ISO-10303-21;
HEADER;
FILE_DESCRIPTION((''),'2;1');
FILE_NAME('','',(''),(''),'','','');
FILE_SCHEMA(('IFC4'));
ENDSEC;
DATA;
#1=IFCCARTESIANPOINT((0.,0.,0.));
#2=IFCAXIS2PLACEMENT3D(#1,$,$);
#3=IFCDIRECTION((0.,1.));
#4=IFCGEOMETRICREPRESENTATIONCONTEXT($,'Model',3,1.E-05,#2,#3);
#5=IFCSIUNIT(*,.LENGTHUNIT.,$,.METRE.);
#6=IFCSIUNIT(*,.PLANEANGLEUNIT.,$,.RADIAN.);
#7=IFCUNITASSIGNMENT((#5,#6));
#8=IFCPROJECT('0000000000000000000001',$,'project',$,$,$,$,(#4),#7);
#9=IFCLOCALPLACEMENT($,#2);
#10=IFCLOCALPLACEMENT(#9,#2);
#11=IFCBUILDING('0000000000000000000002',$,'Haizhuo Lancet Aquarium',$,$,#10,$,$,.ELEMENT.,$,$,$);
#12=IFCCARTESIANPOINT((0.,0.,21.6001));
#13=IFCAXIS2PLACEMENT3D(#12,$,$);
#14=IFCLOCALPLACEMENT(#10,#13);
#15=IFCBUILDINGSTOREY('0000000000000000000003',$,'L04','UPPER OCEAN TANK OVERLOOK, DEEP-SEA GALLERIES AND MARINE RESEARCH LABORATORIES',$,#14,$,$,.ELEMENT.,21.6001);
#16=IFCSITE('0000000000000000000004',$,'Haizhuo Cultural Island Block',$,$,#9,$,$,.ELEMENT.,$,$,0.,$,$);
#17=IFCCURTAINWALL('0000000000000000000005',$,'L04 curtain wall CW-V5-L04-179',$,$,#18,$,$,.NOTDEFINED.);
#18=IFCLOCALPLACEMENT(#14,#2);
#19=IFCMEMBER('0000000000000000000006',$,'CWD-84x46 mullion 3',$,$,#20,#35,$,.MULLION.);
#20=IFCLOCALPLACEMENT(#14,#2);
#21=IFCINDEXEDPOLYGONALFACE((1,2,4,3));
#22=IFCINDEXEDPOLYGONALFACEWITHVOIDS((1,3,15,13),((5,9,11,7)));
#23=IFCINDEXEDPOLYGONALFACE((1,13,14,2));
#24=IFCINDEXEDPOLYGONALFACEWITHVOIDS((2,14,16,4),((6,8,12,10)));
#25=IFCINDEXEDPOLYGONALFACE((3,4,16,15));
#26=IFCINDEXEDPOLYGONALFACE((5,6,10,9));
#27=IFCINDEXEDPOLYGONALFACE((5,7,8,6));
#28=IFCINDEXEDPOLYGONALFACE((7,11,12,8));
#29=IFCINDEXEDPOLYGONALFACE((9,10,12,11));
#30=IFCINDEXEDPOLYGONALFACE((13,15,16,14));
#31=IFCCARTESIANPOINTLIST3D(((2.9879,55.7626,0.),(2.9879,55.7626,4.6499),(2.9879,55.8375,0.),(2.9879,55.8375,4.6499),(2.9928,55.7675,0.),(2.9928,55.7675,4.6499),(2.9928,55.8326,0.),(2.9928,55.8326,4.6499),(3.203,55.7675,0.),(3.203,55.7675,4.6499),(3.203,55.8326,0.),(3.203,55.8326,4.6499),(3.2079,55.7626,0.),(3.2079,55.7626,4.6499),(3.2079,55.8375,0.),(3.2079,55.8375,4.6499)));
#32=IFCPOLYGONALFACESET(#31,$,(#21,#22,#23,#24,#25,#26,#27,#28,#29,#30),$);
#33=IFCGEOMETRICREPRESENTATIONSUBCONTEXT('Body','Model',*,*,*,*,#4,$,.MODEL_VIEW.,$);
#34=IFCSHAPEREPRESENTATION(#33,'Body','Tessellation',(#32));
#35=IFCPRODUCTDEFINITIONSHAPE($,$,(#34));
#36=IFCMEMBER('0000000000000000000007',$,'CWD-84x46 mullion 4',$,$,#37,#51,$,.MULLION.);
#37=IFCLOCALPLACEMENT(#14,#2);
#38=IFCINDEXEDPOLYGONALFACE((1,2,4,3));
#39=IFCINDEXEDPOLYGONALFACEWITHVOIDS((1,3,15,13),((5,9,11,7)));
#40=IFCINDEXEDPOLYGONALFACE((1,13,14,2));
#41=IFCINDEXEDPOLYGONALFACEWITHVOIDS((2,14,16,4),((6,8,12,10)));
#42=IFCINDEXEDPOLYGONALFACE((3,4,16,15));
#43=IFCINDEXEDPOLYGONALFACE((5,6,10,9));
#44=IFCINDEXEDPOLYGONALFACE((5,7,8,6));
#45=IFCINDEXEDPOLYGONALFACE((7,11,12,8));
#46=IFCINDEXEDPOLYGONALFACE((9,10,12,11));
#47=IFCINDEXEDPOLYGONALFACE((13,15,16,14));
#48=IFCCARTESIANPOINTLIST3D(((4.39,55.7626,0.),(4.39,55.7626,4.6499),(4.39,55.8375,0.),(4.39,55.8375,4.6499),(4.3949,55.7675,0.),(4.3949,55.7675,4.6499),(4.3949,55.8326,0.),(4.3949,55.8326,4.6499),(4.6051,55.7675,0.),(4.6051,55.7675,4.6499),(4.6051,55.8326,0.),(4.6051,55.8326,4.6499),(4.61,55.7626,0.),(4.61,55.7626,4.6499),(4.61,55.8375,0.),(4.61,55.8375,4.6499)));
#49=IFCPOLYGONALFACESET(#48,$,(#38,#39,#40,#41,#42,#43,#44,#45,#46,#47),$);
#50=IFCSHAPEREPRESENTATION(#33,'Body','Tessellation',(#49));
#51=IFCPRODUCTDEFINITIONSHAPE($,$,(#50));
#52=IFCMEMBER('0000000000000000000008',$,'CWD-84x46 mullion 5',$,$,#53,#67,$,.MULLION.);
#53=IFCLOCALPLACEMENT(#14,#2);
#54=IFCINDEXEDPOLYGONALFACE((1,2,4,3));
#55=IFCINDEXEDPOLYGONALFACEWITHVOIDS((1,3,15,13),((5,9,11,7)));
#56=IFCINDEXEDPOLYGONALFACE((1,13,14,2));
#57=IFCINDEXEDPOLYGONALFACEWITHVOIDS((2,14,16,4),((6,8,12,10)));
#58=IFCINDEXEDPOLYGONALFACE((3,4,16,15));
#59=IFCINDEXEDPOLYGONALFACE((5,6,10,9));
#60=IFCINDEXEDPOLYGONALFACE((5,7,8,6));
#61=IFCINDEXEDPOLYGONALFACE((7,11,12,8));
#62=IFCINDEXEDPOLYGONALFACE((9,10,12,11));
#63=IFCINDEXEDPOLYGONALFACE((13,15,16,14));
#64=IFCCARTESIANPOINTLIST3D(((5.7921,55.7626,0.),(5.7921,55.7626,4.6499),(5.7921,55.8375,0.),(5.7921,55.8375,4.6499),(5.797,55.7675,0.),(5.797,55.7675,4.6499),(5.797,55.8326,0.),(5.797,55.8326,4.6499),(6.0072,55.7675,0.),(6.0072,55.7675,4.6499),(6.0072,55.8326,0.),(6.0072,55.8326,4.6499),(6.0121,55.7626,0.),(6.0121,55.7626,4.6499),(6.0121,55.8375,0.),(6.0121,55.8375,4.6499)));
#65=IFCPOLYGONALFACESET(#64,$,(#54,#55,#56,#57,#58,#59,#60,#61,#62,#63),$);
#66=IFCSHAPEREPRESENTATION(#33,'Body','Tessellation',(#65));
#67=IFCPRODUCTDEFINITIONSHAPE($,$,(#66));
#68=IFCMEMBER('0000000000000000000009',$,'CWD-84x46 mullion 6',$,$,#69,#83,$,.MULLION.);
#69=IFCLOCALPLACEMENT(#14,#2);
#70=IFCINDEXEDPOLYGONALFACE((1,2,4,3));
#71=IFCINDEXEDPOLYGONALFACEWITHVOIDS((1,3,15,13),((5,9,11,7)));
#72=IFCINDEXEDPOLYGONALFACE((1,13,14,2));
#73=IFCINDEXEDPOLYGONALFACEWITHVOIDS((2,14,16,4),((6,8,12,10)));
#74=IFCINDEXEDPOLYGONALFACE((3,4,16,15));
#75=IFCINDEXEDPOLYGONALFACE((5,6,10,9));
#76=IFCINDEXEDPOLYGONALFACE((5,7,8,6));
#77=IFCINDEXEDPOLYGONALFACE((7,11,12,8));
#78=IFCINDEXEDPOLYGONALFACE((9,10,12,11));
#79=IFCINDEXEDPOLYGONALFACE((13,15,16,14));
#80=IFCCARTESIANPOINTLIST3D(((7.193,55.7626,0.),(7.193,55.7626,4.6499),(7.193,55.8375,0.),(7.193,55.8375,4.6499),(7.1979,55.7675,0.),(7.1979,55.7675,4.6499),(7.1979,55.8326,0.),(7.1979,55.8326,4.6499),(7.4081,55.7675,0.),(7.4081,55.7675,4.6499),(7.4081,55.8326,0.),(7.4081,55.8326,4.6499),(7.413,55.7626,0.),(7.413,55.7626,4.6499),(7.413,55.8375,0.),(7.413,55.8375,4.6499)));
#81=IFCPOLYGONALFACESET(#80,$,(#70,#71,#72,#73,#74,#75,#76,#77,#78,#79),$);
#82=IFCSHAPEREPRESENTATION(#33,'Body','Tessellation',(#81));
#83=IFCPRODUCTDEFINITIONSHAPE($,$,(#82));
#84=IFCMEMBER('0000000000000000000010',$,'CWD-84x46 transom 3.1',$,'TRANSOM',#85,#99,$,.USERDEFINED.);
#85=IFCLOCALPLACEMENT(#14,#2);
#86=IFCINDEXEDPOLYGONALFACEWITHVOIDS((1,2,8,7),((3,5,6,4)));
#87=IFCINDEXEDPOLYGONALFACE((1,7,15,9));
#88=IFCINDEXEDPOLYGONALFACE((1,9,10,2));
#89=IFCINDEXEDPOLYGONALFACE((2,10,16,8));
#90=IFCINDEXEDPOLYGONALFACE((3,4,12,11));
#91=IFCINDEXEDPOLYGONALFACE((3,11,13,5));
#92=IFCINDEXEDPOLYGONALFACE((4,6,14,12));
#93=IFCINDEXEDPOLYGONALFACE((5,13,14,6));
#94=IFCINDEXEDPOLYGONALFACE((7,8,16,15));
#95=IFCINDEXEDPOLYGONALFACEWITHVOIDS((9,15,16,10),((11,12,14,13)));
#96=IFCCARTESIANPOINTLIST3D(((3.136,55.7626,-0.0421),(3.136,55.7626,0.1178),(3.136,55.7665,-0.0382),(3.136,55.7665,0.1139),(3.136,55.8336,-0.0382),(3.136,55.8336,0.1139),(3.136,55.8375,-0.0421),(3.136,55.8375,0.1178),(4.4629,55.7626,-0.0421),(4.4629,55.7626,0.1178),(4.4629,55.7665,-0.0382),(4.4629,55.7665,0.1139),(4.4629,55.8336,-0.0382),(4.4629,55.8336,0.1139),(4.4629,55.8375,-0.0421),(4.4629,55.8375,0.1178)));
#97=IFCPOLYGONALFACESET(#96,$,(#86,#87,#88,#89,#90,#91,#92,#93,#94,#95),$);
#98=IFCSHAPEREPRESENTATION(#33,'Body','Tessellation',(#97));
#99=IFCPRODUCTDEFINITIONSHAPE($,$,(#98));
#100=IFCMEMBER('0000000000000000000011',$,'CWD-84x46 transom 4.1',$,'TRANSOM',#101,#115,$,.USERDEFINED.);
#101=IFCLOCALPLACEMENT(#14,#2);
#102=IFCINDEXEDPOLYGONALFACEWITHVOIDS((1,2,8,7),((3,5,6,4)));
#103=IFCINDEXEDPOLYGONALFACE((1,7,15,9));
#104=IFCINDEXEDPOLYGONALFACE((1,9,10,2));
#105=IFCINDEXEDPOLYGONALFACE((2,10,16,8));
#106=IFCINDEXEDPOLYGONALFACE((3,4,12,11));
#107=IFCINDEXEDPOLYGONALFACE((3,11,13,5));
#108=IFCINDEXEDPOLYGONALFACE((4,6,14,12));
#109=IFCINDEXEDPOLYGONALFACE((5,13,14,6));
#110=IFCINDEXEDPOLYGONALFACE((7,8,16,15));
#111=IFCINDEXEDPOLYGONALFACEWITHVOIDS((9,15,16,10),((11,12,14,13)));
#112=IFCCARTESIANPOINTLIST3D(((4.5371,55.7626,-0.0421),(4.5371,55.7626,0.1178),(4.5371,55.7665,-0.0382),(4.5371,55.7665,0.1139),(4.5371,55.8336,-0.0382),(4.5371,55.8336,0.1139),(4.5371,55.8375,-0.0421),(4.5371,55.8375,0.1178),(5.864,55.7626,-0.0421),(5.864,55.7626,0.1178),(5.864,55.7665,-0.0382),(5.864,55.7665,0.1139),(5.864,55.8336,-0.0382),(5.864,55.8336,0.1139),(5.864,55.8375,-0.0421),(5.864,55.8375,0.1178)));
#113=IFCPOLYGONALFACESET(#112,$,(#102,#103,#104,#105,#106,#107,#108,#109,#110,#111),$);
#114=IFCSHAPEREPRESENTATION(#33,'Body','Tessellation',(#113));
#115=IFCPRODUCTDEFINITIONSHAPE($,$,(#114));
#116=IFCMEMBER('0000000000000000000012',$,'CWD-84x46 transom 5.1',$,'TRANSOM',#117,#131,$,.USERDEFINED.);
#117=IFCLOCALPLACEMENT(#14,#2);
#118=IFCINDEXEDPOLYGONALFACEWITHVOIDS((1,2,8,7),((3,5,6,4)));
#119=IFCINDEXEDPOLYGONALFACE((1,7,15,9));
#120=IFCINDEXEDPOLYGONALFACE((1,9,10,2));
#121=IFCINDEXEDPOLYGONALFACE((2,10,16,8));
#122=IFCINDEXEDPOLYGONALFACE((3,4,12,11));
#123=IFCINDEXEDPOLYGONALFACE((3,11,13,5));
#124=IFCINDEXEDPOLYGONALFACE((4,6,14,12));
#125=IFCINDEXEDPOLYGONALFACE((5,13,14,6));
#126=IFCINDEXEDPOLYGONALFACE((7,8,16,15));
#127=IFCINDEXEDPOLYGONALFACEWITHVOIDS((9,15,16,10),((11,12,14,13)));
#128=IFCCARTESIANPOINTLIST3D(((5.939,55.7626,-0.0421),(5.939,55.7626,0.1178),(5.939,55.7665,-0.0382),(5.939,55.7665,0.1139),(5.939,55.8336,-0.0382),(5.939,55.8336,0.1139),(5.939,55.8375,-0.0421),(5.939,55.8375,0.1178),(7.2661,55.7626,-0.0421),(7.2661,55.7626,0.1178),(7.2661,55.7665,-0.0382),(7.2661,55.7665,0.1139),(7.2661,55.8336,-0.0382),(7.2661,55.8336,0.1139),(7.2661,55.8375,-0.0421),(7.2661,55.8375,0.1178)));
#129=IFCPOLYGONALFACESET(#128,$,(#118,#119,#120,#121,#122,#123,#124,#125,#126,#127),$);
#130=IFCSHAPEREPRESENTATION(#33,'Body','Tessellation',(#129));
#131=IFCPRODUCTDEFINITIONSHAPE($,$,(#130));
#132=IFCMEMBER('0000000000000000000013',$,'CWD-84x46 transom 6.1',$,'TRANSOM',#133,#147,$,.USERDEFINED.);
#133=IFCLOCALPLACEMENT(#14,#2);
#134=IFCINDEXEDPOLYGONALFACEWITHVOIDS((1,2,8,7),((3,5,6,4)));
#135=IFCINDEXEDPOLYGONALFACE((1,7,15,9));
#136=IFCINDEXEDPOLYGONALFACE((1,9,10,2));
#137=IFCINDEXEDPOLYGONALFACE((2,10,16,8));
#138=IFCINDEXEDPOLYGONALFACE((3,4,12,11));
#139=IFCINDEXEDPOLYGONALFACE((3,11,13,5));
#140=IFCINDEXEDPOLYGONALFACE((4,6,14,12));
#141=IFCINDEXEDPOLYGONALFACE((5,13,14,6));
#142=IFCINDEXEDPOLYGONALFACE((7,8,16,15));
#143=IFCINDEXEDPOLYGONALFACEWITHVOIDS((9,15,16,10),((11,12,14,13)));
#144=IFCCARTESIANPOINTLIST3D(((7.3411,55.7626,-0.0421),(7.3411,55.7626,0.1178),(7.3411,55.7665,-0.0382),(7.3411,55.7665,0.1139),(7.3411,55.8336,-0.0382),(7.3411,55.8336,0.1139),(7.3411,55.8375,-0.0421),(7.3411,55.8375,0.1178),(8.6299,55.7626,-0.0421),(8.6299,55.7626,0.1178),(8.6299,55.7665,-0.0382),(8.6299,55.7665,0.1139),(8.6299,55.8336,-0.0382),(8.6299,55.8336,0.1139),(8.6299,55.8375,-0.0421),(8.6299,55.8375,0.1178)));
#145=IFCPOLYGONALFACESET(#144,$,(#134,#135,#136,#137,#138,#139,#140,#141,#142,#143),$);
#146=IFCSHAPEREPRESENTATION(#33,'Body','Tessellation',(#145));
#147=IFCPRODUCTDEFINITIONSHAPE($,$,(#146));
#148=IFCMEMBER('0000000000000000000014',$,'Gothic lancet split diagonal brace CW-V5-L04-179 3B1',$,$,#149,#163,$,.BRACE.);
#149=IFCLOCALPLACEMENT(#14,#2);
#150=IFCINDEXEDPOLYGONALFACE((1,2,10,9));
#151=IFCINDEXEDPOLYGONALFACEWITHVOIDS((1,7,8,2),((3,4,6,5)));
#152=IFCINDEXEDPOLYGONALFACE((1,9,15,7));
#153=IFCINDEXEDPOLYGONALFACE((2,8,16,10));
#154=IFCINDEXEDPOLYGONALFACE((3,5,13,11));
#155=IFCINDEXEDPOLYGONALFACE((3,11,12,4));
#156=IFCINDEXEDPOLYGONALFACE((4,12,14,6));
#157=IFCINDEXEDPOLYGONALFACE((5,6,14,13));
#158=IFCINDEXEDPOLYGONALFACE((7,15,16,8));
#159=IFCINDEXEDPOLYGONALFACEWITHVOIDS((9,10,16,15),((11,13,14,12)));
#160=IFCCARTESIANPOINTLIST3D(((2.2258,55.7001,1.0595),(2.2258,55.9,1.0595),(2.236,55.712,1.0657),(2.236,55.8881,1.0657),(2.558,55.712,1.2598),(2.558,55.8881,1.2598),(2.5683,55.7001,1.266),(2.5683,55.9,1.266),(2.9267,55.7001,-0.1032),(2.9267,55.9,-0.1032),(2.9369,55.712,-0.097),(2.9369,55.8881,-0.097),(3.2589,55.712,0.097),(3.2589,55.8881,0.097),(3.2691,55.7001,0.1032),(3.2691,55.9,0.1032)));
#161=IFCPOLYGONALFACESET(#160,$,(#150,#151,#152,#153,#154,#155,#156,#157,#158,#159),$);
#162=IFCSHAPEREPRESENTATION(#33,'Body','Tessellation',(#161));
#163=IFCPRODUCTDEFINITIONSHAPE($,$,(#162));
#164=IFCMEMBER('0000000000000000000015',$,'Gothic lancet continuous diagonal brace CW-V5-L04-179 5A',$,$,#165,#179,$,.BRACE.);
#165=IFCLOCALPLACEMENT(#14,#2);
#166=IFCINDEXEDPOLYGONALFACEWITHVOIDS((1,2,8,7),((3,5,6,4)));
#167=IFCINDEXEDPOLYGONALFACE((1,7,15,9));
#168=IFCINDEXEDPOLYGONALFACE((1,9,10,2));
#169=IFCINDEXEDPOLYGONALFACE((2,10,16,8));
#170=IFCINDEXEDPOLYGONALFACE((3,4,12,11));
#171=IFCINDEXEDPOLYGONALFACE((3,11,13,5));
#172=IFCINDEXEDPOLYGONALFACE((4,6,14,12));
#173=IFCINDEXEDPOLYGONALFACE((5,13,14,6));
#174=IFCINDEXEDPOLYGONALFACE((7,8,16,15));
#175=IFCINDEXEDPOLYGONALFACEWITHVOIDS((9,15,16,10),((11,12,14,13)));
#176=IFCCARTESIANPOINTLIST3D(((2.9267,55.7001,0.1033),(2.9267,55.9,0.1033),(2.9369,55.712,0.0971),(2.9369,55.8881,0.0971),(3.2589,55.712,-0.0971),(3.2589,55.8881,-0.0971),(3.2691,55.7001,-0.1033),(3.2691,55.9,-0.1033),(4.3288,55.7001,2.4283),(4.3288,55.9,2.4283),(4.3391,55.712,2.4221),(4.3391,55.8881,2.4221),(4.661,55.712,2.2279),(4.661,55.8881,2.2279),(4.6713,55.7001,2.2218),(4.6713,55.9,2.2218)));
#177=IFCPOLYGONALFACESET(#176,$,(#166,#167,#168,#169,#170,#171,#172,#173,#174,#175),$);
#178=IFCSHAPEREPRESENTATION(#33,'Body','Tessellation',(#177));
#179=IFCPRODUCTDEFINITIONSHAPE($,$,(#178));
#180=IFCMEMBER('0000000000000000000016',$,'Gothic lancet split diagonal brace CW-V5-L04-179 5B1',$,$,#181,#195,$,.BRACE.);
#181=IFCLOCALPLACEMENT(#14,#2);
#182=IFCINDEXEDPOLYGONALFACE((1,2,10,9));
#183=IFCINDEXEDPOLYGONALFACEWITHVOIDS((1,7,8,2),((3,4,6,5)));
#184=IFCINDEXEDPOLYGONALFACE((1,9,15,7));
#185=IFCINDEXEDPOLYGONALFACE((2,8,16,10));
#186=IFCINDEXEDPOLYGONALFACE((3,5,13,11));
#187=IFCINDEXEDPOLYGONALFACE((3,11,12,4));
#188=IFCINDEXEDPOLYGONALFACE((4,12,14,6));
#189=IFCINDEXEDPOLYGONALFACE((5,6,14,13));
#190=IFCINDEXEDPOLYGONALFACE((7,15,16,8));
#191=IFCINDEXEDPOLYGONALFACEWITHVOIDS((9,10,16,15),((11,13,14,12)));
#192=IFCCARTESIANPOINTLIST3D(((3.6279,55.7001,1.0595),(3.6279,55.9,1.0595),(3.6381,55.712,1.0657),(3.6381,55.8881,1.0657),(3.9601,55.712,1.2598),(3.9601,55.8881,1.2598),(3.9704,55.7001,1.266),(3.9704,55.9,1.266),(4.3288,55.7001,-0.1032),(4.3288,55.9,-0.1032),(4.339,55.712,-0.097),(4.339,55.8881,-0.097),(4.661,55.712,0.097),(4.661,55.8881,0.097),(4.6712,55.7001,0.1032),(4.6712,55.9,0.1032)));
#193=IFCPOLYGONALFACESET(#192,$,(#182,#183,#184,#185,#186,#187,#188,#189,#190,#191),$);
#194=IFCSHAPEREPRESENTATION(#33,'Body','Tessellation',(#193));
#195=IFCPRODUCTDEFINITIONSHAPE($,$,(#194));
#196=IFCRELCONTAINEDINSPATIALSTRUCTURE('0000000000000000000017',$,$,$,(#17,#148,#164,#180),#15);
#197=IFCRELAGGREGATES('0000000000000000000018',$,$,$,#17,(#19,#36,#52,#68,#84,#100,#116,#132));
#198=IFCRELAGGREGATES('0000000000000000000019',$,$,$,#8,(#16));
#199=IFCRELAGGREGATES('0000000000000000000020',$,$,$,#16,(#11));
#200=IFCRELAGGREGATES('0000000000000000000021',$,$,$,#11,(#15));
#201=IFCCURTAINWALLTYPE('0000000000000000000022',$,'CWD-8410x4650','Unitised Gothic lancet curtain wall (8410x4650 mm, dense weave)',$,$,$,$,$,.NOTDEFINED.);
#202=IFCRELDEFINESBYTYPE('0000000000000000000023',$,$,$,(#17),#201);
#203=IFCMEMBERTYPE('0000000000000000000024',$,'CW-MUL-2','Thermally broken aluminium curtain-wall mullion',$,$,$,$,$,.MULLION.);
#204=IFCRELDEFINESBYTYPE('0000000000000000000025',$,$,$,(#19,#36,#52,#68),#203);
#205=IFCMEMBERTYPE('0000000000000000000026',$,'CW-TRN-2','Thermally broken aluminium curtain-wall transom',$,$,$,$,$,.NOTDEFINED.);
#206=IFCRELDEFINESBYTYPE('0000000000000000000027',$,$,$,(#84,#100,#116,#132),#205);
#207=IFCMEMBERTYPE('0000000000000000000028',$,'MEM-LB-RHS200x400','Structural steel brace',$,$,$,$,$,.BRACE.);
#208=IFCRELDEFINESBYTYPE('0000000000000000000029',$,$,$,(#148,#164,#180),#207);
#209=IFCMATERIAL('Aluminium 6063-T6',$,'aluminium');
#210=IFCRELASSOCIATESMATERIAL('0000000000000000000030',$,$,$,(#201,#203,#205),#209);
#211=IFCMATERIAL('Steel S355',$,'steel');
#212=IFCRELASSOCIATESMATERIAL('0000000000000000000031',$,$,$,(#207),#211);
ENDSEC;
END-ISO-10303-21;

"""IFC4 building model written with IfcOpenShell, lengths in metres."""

from ifc_helpers import new_model, si_unit, direction, frame, origin, origin_2d, place, context, subcontext, project, spatial, hollow_rectangle, extrude, material, material_profile, profile_set, type_object, element, aggregate, save


model = new_model("IFC4")

# Units and contexts
model_context = context("Model", 3, precision=1e-05, world=origin(), true_north=direction((0.0, 1.0)))
body_context = subcontext(model_context, "Body", "Model", "MODEL_VIEW")
ifc_project = project(units=[si_unit("LENGTHUNIT", "METRE"), si_unit("PLANEANGLEUNIT", "RADIAN")], contexts=[model_context])

# Site, building, storey
site_placement = place(None, origin())
site = spatial("IfcSite", under=ifc_project, at=site_placement, Name="Haizhuo Cultural Island Block", CompositionType="ELEMENT", RefElevation=0.0)
building_placement = place(site_placement, origin())
building = spatial("IfcBuilding", under=site, at=building_placement, Name="Haizhuo Lancet Aquarium", CompositionType="ELEMENT")
storey_placement = place(building_placement, frame((0.0, 0.0, 21.6001)))
storey = spatial("IfcBuildingStorey", under=building, at=storey_placement, Name="L04", Description="UPPER OCEAN TANK OVERLOOK, DEEP-SEA GALLERIES AND MARINE RESEARCH LABORATORIES", CompositionType="ELEMENT", Elevation=21.6001)

# Curtain wall, members
ifc_material_1 = material(Name="Aluminium 6063-T6", Category="aluminium")
curtain_wall_type = type_object("IfcCurtainWallType", Name="CWD-8410x4650", Description="Unitised Gothic lancet curtain wall (8410x4650 mm, dense weave)", PredefinedType="NOTDEFINED", material=ifc_material_1)
curtain_wall_placement = place(storey_placement, origin())
curtain_wall = element("IfcCurtainWall", 1, at=curtain_wall_placement, inside=storey, type_object=curtain_wall_type, Name="L04 curtain wall CW-V5-L04-179", PredefinedType="NOTDEFINED")
ifc_material_profile_1 = material_profile(ifc_material_1, hollow_rectangle(XDim=0.075, YDim=0.22, WallThickness=0.0049, at=origin_2d()), Name="ALU-M 75x220x5")
ifc_profile_set_1 = profile_set([ifc_material_profile_1], Name="Aluminium 6063-T6")
member_type_1 = type_object("IfcMemberType", Name="CW-MUL-2", Description="Thermally broken aluminium curtain-wall mullion", PredefinedType="MULLION", material=ifc_profile_set_1)
member_1_placement = place(storey_placement, frame((3.0979, 55.8, 0.0), z_axis=(0.0, 0.0, 1.0), x_axis=(0.0, 1.0, 0.0)))
member_1 = element("IfcMember", 2, at=member_1_placement, type_object=member_type_1, Name="CWD-84x46 mullion 3", PredefinedType="MULLION", context=body_context, shape_type="SweptSolid", body=[
    extrude(hollow_rectangle(XDim=0.075, YDim=0.22, WallThickness=0.0049, at=origin_2d()), origin(), (0.0, 0.0, 1.0), 4.6499),
])
member_2_placement = place(storey_placement, frame((4.5, 55.8, 0.0), z_axis=(0.0, 0.0, 1.0), x_axis=(0.0, 1.0, 0.0)))
member_2 = element("IfcMember", 3, at=member_2_placement, type_object=member_type_1, Name="CWD-84x46 mullion 4", PredefinedType="MULLION", context=body_context, shape_type="SweptSolid", body=[
    extrude(hollow_rectangle(XDim=0.075, YDim=0.22, WallThickness=0.0049, at=origin_2d()), origin(), (0.0, 0.0, 1.0), 4.6499),
])
member_3_placement = place(storey_placement, frame((5.9021, 55.8, 0.0), z_axis=(0.0, 0.0, 1.0), x_axis=(0.0, 1.0, 0.0)))
member_3 = element("IfcMember", 4, at=member_3_placement, type_object=member_type_1, Name="CWD-84x46 mullion 5", PredefinedType="MULLION", context=body_context, shape_type="SweptSolid", body=[
    extrude(hollow_rectangle(XDim=0.075, YDim=0.22, WallThickness=0.0049, at=origin_2d()), origin(), (0.0, 0.0, 1.0), 4.6499),
])
member_4_placement = place(storey_placement, frame((7.303, 55.8, 0.0), z_axis=(0.0, 0.0, 1.0), x_axis=(0.0, 1.0, 0.0)))
member_4 = element("IfcMember", 5, at=member_4_placement, type_object=member_type_1, Name="CWD-84x46 mullion 6", PredefinedType="MULLION", context=body_context, shape_type="SweptSolid", body=[
    extrude(hollow_rectangle(XDim=0.075, YDim=0.22, WallThickness=0.0049, at=origin_2d()), origin(), (0.0, 0.0, 1.0), 4.6499),
])
ifc_material_profile_2 = material_profile(ifc_material_1, hollow_rectangle(XDim=0.075, YDim=0.1599, WallThickness=0.0039, at=origin_2d()), Name="ALU-T 75x160x4")
ifc_profile_set_2 = profile_set([ifc_material_profile_2], Name="Aluminium 6063-T6")
member_type_2 = type_object("IfcMemberType", Name="CW-TRN-2", Description="Thermally broken aluminium curtain-wall transom", PredefinedType="NOTDEFINED", material=ifc_profile_set_2)
member_5_placement = place(storey_placement, frame((3.136, 55.8, 0.0378), z_axis=(1.0, 0.0, 0.0), x_axis=(0.0, 1.0, 0.0)))
member_5 = element("IfcMember", 6, at=member_5_placement, type_object=member_type_2, Name="CWD-84x46 transom 3.1", ObjectType="TRANSOM", PredefinedType="USERDEFINED", context=body_context, shape_type="SweptSolid", body=[
    extrude(hollow_rectangle(XDim=0.075, YDim=0.1599, WallThickness=0.0039, at=origin_2d()), origin(), (0.0, 0.0, 1.0), 1.3269),
])
member_6_placement = place(storey_placement, frame((4.5371, 55.8, 0.0378), z_axis=(1.0, 0.0, 0.0), x_axis=(0.0, 1.0, 0.0)))
member_6 = element("IfcMember", 7, at=member_6_placement, type_object=member_type_2, Name="CWD-84x46 transom 4.1", ObjectType="TRANSOM", PredefinedType="USERDEFINED", context=body_context, shape_type="SweptSolid", body=[
    extrude(hollow_rectangle(XDim=0.075, YDim=0.1599, WallThickness=0.0039, at=origin_2d()), origin(), (0.0, 0.0, 1.0), 1.3269),
])
member_7_placement = place(storey_placement, frame((5.939, 55.8, 0.0378), z_axis=(1.0, 0.0, 0.0), x_axis=(0.0, 1.0, 0.0)))
member_7 = element("IfcMember", 8, at=member_7_placement, type_object=member_type_2, Name="CWD-84x46 transom 5.1", ObjectType="TRANSOM", PredefinedType="USERDEFINED", context=body_context, shape_type="SweptSolid", body=[
    extrude(hollow_rectangle(XDim=0.075, YDim=0.1599, WallThickness=0.0039, at=origin_2d()), origin(), (0.0, 0.0, 1.0), 1.3271),
])
member_8_placement = place(storey_placement, frame((7.3411, 55.8, 0.0378), z_axis=(1.0, 0.0, 0.0), x_axis=(0.0, 1.0, 0.0)))
member_8 = element("IfcMember", 9, at=member_8_placement, type_object=member_type_2, Name="CWD-84x46 transom 6.1", ObjectType="TRANSOM", PredefinedType="USERDEFINED", context=body_context, shape_type="SweptSolid", body=[
    extrude(hollow_rectangle(XDim=0.075, YDim=0.1599, WallThickness=0.0039, at=origin_2d()), origin(), (0.0, 0.0, 1.0), 1.2888),
])

# Members
ifc_material_2 = material(Name="Steel S355", Category="steel")
ifc_material_profile_3 = material_profile(ifc_material_2, hollow_rectangle(XDim=0.2, YDim=0.3999, WallThickness=0.012, at=origin_2d()), Name="RHS 200x400x12")
ifc_profile_set_3 = profile_set([ifc_material_profile_3], Name="Steel S355")
member_type_3 = type_object("IfcMemberType", Name="MEM-LB-RHS200x400", Description="Structural steel brace", PredefinedType="BRACE", material=ifc_profile_set_3)
member_9_placement = place(storey_placement, frame((3.0979, 55.8, 0.0), z_axis=(-0.51624, 0.0, 0.856444), x_axis=(0.0, -1.0, 0.0)))
element("IfcMember", 10, at=member_9_placement, inside=storey, type_object=member_type_3, Name="Gothic lancet split diagonal brace CW-V5-L04-179 3B1", PredefinedType="BRACE", context=body_context, shape_type="SweptSolid", body=[
    extrude(hollow_rectangle(XDim=0.2, YDim=0.3999, WallThickness=0.012, at=origin_2d()), origin(), (0.0, 0.0, 1.0), 1.3577),
])
member_10_placement = place(storey_placement, frame((3.0979, 55.8, 0.0), z_axis=(0.516425, 0.0, 0.856332), x_axis=(0.0, 1.0, 0.0)))
element("IfcMember", 11, at=member_10_placement, inside=storey, type_object=member_type_3, Name="Gothic lancet continuous diagonal brace CW-V5-L04-179 5A", PredefinedType="BRACE", context=body_context, shape_type="SweptSolid", body=[
    extrude(hollow_rectangle(XDim=0.2, YDim=0.3999, WallThickness=0.012, at=origin_2d()), origin(), (0.0, 0.0, 1.0), 2.7151),
])
member_11_placement = place(storey_placement, frame((4.5, 55.8, 0.0), z_axis=(-0.51624, 0.0, 0.856444), x_axis=(0.0, -1.0, 0.0)))
element("IfcMember", 12, at=member_11_placement, inside=storey, type_object=member_type_3, Name="Gothic lancet split diagonal brace CW-V5-L04-179 5B1", PredefinedType="BRACE", context=body_context, shape_type="SweptSolid", body=[
    extrude(hollow_rectangle(XDim=0.2, YDim=0.3999, WallThickness=0.012, at=origin_2d()), origin(), (0.0, 0.0, 1.0), 1.3577),
])

aggregate(curtain_wall, [member_1, member_2, member_3, member_4, member_5, member_6, member_7, member_8])

save(model, "model.ifc")
